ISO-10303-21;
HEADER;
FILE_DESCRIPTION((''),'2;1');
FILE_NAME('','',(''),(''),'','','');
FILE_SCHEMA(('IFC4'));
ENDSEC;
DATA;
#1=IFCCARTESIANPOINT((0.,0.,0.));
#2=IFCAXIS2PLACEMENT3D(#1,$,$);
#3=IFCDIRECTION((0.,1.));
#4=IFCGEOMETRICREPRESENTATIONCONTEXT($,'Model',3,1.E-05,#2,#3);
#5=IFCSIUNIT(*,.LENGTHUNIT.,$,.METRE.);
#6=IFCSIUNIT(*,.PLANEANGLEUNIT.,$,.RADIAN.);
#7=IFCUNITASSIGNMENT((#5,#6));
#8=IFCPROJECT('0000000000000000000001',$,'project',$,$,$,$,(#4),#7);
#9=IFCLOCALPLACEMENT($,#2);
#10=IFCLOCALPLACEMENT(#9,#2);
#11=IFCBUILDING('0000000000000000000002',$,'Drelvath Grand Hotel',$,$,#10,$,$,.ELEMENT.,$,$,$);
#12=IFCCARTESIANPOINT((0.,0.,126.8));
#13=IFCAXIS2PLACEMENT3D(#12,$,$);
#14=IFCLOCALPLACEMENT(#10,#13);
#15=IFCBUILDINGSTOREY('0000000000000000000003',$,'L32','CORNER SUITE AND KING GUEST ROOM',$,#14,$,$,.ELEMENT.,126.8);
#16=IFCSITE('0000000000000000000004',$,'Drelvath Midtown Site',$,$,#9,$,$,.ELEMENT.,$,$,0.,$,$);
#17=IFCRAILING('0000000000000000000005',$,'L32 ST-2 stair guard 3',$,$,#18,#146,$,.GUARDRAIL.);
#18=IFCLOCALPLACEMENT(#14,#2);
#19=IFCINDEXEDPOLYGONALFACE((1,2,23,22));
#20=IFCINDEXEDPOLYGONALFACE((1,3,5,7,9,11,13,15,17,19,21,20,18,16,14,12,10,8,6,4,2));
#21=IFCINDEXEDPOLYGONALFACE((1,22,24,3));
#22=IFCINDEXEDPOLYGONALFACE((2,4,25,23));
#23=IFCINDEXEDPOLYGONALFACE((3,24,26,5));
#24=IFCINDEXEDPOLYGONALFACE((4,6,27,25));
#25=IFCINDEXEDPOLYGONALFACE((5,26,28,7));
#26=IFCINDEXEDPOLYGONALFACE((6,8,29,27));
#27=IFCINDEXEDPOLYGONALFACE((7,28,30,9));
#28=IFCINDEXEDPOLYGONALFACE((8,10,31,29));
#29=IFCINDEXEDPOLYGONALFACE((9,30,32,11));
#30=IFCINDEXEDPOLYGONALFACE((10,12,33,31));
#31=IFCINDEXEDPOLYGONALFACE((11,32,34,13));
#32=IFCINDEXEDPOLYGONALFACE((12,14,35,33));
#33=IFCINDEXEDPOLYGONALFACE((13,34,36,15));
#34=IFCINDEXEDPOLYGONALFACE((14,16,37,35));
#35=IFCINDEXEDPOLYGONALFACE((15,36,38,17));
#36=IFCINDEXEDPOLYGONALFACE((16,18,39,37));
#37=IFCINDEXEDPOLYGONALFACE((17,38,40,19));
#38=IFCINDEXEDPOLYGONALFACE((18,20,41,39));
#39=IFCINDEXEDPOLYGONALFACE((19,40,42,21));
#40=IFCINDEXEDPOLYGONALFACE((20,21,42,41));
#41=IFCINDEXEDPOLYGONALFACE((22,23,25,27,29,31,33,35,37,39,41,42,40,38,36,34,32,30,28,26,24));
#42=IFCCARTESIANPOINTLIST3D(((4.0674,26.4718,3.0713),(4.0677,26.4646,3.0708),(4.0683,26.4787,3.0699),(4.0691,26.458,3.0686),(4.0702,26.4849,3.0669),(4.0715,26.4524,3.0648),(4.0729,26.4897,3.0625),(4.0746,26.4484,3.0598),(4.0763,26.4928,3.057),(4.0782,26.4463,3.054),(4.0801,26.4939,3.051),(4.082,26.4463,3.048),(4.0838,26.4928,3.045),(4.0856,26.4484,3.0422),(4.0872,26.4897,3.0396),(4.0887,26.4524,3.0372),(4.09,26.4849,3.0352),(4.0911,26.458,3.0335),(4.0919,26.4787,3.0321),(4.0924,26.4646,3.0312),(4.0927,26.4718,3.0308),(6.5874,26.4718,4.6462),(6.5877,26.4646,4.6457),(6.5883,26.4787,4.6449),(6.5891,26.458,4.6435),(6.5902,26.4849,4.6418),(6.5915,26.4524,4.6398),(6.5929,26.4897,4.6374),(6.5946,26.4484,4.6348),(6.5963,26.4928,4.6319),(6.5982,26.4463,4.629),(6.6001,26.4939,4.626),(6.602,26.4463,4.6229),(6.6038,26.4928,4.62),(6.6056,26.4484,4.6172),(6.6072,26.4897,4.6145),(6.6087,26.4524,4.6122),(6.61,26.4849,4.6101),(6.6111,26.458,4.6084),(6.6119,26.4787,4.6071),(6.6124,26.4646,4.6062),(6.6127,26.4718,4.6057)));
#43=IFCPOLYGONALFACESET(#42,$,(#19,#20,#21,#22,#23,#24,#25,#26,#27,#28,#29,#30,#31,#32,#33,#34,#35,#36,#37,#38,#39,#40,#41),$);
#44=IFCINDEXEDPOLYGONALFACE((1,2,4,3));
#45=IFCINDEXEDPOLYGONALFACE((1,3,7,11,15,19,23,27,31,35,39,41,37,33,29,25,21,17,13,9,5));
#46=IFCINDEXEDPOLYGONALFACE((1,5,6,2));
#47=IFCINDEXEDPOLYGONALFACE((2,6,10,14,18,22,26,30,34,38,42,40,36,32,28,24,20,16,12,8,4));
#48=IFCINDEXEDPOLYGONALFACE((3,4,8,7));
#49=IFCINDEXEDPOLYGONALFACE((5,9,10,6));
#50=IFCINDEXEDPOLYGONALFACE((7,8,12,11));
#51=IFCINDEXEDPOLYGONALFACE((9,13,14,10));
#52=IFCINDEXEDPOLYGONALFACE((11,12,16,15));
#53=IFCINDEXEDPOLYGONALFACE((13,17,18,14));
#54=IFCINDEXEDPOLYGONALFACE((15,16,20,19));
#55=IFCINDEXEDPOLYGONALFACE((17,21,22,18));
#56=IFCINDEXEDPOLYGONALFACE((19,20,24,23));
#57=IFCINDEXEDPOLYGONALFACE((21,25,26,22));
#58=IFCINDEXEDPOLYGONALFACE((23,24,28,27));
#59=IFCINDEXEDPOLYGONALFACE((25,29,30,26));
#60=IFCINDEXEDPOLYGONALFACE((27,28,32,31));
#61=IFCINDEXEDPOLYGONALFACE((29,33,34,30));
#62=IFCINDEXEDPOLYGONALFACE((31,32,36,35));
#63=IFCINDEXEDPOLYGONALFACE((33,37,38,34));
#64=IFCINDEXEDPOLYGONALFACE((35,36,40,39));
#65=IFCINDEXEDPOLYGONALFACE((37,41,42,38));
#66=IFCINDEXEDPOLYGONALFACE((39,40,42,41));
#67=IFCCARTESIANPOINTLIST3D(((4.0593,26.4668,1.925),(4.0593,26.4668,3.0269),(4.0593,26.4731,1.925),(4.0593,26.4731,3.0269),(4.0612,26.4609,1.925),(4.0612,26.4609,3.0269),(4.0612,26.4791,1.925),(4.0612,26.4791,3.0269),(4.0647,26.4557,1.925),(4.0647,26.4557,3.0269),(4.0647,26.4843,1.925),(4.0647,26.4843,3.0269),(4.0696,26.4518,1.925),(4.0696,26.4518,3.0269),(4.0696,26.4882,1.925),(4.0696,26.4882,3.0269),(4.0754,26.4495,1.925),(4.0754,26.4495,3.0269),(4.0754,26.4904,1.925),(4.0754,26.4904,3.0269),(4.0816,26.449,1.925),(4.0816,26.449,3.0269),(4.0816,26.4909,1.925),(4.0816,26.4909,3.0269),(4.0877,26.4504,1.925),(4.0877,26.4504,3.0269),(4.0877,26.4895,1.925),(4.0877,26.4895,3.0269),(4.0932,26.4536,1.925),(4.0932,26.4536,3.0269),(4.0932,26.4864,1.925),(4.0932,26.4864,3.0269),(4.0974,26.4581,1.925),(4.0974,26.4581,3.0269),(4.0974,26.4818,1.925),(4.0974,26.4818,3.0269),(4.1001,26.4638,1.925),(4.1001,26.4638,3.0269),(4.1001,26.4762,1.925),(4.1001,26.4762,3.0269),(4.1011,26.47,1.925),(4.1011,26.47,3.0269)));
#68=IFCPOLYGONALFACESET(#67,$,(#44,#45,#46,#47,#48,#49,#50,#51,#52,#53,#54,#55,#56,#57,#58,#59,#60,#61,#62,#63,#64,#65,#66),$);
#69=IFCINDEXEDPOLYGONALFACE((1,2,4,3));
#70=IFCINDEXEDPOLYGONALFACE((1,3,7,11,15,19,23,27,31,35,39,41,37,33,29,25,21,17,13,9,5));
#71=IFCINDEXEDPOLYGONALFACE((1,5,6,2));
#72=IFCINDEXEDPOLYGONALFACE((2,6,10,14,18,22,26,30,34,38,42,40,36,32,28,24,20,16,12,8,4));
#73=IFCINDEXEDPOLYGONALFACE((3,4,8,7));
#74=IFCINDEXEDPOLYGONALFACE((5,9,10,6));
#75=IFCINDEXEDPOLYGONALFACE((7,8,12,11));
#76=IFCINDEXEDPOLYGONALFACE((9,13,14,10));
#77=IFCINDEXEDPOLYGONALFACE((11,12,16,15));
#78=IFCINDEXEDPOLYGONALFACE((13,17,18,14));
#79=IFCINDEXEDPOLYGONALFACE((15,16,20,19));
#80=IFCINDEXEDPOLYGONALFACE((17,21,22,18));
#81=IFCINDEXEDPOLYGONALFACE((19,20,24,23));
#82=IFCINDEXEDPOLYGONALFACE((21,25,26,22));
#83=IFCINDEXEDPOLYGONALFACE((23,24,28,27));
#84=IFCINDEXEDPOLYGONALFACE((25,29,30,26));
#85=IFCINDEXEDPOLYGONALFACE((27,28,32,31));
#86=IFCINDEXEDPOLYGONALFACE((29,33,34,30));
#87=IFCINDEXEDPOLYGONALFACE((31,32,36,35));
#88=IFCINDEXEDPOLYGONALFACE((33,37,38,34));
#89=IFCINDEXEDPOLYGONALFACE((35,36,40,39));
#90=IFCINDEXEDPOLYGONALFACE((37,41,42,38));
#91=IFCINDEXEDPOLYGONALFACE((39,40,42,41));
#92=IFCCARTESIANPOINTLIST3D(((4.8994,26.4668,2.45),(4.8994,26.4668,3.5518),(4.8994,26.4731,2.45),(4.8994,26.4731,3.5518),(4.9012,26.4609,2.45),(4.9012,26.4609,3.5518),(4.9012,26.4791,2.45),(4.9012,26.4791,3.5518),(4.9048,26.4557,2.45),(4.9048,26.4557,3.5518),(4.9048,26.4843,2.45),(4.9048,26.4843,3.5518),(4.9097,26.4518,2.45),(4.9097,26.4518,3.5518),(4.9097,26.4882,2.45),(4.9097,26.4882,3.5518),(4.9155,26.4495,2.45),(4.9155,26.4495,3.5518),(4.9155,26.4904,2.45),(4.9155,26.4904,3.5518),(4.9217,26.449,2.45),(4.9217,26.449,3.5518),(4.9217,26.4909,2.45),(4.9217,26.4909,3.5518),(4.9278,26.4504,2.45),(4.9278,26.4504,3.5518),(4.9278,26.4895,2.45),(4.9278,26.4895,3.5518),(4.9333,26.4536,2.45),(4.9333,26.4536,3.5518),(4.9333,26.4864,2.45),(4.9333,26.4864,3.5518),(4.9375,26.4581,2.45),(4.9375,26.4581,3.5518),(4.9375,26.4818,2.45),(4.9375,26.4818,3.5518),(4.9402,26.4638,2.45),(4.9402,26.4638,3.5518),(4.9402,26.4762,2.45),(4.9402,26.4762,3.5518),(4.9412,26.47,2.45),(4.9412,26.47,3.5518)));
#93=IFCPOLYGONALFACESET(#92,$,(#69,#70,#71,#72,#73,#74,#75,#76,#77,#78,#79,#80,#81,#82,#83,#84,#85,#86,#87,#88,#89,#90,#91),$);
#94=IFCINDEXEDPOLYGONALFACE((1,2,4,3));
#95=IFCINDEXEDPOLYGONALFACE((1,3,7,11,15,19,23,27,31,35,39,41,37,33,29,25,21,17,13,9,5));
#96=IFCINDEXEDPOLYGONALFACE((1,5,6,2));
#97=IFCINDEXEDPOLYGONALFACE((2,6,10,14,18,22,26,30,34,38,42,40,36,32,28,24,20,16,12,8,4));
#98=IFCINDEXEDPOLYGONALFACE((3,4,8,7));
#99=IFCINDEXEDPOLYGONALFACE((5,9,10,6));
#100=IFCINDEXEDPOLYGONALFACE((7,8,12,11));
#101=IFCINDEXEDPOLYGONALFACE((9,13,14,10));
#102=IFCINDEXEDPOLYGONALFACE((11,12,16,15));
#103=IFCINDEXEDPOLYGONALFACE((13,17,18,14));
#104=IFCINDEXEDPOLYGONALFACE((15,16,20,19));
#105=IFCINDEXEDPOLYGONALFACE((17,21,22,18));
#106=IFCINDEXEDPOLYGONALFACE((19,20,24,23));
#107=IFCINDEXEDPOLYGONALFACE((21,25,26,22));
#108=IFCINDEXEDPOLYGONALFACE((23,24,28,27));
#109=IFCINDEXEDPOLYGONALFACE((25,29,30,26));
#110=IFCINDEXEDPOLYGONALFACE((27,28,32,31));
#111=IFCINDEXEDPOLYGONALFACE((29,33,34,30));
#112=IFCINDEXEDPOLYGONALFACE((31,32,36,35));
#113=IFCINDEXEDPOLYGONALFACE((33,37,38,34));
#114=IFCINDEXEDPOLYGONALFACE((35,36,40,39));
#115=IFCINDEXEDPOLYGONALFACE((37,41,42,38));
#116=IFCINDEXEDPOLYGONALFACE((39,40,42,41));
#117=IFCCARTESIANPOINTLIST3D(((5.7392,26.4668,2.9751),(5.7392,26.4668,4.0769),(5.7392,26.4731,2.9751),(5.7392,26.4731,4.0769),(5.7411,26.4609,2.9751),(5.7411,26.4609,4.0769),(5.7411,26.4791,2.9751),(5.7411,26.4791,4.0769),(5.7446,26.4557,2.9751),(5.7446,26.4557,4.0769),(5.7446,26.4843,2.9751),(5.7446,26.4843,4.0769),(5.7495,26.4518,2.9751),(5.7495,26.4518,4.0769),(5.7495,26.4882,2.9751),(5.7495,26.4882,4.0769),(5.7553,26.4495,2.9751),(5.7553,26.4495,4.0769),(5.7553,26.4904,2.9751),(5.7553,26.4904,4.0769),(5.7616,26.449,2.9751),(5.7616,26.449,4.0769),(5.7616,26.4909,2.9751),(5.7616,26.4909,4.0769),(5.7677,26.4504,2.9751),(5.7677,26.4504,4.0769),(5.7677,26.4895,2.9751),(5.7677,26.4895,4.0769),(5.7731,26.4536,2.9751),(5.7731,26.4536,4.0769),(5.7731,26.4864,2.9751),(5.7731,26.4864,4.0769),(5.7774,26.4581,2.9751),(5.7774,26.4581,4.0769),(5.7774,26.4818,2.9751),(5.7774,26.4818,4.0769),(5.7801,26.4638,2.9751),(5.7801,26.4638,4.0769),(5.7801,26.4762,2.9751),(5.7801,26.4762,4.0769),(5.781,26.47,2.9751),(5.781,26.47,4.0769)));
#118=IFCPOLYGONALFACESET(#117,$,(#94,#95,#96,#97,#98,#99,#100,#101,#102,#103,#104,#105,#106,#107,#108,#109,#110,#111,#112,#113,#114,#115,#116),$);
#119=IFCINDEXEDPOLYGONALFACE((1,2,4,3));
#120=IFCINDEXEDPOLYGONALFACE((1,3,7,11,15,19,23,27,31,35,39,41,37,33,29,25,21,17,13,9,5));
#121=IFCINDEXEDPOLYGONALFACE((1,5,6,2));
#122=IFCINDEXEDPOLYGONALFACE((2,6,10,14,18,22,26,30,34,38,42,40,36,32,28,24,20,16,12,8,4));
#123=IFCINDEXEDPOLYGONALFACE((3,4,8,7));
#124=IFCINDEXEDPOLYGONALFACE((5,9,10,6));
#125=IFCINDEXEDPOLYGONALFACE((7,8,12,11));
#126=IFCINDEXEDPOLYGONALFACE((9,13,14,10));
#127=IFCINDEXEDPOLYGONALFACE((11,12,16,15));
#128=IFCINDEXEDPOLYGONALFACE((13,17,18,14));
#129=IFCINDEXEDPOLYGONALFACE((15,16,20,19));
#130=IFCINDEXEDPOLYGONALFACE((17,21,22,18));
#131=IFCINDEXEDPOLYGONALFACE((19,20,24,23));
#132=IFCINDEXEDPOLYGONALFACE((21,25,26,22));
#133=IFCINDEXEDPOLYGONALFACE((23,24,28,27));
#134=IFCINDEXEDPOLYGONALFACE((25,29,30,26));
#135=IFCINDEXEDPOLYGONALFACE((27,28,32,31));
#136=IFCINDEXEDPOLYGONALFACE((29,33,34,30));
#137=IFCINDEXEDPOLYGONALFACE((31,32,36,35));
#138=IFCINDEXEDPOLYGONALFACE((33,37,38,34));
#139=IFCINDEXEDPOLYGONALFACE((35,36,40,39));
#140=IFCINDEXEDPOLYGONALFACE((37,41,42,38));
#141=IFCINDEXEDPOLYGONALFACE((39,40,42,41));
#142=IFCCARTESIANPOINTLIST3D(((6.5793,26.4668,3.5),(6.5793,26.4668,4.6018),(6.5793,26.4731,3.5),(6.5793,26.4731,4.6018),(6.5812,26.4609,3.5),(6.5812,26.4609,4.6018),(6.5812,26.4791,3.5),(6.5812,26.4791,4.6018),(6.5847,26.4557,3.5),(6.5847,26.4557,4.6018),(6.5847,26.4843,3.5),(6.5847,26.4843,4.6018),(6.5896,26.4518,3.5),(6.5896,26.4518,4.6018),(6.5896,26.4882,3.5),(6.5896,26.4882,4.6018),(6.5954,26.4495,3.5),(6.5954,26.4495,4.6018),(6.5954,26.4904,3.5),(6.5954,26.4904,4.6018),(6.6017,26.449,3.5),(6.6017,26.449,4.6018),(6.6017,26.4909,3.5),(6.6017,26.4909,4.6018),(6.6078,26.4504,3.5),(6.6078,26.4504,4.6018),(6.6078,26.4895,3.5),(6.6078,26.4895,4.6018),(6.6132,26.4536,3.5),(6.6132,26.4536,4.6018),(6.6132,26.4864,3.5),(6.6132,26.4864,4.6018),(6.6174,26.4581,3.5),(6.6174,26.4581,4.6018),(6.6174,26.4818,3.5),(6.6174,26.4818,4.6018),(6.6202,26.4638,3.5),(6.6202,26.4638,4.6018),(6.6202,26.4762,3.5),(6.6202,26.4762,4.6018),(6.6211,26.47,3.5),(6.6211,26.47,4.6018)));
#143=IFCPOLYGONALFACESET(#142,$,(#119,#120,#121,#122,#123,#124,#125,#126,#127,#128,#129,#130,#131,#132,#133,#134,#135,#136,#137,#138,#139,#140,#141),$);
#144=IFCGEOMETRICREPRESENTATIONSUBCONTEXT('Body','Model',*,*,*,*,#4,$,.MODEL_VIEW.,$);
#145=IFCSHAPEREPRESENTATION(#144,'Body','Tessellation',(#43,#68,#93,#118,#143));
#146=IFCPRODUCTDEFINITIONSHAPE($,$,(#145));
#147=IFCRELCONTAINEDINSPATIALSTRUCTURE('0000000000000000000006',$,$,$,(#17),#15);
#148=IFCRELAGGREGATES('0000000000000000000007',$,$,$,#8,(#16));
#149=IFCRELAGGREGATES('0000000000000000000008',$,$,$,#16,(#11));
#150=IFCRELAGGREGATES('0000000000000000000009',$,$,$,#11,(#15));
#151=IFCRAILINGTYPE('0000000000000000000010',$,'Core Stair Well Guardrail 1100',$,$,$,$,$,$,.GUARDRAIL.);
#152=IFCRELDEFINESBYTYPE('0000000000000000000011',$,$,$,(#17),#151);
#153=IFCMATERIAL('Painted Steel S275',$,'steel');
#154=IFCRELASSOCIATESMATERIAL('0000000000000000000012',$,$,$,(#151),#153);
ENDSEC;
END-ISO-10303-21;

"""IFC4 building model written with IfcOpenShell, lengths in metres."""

from ifc_helpers import new_model, si_unit, direction, frame, origin, origin_2d, place, context, subcontext, project, spatial, circle, extrude, material, type_object, element, save


model = new_model("IFC4")

# Units and contexts
model_context = context("Model", 3, precision=1e-05, world=origin(), true_north=direction((0.0, 1.0)))
body_context = subcontext(model_context, "Body", "Model", "MODEL_VIEW")
ifc_project = project(units=[si_unit("LENGTHUNIT", "METRE"), si_unit("PLANEANGLEUNIT", "RADIAN")], contexts=[model_context])

# Site, building, storey
site_placement = place(None, origin())
site = spatial("IfcSite", under=ifc_project, at=site_placement, Name="Drelvath Midtown Site", CompositionType="ELEMENT", RefElevation=0.0)
building_placement = place(site_placement, origin())
building = spatial("IfcBuilding", under=site, at=building_placement, Name="Drelvath Grand Hotel", CompositionType="ELEMENT")
storey_placement = place(building_placement, frame((0.0, 0.0, 126.8)))
storey = spatial("IfcBuildingStorey", under=building, at=storey_placement, Name="L32", Description="CORNER SUITE AND KING GUEST ROOM", CompositionType="ELEMENT", Elevation=126.8)

# Railing
ifc_material_1 = material(Name="Painted Steel S275", Category="steel")
railing_type_1 = type_object("IfcRailingType", Name="Core Stair Well Guardrail 1100", PredefinedType="GUARDRAIL", material=ifc_material_1)
railing_1_placement = place(storey_placement, frame((4.0801, 26.47, 1.925)))
element("IfcRailing", 1, at=railing_1_placement, inside=storey, type_object=railing_type_1, Name="L32 ST-2 stair guard 3", PredefinedType="GUARDRAIL", context=body_context, shape_type="SweptSolid", body=[
    extrude(circle(Radius=0.0239, at=origin_2d()), frame((0.0, 0.0, 1.126), z_axis=(0.848008, 0.0, 0.529984), x_axis=(0.0, 1.0, 0.0)), (0.0, 0.0, 1.0), 2.9717),
    extrude(circle(Radius=0.021, at=origin_2d()), origin(), (0.0, 0.0, 1.0), 1.1018),
    extrude(circle(Radius=0.021, at=origin_2d()), frame((0.8401, 0.0, 0.5249)), (0.0, 0.0, 1.0), 1.1018),
    extrude(circle(Radius=0.021, at=origin_2d()), frame((1.6799, 0.0, 1.05)), (0.0, 0.0, 1.0), 1.1018),
    extrude(circle(Radius=0.021, at=origin_2d()), frame((2.52, 0.0, 1.575)), (0.0, 0.0, 1.0), 1.1018),
])

save(model, "model.ifc")
